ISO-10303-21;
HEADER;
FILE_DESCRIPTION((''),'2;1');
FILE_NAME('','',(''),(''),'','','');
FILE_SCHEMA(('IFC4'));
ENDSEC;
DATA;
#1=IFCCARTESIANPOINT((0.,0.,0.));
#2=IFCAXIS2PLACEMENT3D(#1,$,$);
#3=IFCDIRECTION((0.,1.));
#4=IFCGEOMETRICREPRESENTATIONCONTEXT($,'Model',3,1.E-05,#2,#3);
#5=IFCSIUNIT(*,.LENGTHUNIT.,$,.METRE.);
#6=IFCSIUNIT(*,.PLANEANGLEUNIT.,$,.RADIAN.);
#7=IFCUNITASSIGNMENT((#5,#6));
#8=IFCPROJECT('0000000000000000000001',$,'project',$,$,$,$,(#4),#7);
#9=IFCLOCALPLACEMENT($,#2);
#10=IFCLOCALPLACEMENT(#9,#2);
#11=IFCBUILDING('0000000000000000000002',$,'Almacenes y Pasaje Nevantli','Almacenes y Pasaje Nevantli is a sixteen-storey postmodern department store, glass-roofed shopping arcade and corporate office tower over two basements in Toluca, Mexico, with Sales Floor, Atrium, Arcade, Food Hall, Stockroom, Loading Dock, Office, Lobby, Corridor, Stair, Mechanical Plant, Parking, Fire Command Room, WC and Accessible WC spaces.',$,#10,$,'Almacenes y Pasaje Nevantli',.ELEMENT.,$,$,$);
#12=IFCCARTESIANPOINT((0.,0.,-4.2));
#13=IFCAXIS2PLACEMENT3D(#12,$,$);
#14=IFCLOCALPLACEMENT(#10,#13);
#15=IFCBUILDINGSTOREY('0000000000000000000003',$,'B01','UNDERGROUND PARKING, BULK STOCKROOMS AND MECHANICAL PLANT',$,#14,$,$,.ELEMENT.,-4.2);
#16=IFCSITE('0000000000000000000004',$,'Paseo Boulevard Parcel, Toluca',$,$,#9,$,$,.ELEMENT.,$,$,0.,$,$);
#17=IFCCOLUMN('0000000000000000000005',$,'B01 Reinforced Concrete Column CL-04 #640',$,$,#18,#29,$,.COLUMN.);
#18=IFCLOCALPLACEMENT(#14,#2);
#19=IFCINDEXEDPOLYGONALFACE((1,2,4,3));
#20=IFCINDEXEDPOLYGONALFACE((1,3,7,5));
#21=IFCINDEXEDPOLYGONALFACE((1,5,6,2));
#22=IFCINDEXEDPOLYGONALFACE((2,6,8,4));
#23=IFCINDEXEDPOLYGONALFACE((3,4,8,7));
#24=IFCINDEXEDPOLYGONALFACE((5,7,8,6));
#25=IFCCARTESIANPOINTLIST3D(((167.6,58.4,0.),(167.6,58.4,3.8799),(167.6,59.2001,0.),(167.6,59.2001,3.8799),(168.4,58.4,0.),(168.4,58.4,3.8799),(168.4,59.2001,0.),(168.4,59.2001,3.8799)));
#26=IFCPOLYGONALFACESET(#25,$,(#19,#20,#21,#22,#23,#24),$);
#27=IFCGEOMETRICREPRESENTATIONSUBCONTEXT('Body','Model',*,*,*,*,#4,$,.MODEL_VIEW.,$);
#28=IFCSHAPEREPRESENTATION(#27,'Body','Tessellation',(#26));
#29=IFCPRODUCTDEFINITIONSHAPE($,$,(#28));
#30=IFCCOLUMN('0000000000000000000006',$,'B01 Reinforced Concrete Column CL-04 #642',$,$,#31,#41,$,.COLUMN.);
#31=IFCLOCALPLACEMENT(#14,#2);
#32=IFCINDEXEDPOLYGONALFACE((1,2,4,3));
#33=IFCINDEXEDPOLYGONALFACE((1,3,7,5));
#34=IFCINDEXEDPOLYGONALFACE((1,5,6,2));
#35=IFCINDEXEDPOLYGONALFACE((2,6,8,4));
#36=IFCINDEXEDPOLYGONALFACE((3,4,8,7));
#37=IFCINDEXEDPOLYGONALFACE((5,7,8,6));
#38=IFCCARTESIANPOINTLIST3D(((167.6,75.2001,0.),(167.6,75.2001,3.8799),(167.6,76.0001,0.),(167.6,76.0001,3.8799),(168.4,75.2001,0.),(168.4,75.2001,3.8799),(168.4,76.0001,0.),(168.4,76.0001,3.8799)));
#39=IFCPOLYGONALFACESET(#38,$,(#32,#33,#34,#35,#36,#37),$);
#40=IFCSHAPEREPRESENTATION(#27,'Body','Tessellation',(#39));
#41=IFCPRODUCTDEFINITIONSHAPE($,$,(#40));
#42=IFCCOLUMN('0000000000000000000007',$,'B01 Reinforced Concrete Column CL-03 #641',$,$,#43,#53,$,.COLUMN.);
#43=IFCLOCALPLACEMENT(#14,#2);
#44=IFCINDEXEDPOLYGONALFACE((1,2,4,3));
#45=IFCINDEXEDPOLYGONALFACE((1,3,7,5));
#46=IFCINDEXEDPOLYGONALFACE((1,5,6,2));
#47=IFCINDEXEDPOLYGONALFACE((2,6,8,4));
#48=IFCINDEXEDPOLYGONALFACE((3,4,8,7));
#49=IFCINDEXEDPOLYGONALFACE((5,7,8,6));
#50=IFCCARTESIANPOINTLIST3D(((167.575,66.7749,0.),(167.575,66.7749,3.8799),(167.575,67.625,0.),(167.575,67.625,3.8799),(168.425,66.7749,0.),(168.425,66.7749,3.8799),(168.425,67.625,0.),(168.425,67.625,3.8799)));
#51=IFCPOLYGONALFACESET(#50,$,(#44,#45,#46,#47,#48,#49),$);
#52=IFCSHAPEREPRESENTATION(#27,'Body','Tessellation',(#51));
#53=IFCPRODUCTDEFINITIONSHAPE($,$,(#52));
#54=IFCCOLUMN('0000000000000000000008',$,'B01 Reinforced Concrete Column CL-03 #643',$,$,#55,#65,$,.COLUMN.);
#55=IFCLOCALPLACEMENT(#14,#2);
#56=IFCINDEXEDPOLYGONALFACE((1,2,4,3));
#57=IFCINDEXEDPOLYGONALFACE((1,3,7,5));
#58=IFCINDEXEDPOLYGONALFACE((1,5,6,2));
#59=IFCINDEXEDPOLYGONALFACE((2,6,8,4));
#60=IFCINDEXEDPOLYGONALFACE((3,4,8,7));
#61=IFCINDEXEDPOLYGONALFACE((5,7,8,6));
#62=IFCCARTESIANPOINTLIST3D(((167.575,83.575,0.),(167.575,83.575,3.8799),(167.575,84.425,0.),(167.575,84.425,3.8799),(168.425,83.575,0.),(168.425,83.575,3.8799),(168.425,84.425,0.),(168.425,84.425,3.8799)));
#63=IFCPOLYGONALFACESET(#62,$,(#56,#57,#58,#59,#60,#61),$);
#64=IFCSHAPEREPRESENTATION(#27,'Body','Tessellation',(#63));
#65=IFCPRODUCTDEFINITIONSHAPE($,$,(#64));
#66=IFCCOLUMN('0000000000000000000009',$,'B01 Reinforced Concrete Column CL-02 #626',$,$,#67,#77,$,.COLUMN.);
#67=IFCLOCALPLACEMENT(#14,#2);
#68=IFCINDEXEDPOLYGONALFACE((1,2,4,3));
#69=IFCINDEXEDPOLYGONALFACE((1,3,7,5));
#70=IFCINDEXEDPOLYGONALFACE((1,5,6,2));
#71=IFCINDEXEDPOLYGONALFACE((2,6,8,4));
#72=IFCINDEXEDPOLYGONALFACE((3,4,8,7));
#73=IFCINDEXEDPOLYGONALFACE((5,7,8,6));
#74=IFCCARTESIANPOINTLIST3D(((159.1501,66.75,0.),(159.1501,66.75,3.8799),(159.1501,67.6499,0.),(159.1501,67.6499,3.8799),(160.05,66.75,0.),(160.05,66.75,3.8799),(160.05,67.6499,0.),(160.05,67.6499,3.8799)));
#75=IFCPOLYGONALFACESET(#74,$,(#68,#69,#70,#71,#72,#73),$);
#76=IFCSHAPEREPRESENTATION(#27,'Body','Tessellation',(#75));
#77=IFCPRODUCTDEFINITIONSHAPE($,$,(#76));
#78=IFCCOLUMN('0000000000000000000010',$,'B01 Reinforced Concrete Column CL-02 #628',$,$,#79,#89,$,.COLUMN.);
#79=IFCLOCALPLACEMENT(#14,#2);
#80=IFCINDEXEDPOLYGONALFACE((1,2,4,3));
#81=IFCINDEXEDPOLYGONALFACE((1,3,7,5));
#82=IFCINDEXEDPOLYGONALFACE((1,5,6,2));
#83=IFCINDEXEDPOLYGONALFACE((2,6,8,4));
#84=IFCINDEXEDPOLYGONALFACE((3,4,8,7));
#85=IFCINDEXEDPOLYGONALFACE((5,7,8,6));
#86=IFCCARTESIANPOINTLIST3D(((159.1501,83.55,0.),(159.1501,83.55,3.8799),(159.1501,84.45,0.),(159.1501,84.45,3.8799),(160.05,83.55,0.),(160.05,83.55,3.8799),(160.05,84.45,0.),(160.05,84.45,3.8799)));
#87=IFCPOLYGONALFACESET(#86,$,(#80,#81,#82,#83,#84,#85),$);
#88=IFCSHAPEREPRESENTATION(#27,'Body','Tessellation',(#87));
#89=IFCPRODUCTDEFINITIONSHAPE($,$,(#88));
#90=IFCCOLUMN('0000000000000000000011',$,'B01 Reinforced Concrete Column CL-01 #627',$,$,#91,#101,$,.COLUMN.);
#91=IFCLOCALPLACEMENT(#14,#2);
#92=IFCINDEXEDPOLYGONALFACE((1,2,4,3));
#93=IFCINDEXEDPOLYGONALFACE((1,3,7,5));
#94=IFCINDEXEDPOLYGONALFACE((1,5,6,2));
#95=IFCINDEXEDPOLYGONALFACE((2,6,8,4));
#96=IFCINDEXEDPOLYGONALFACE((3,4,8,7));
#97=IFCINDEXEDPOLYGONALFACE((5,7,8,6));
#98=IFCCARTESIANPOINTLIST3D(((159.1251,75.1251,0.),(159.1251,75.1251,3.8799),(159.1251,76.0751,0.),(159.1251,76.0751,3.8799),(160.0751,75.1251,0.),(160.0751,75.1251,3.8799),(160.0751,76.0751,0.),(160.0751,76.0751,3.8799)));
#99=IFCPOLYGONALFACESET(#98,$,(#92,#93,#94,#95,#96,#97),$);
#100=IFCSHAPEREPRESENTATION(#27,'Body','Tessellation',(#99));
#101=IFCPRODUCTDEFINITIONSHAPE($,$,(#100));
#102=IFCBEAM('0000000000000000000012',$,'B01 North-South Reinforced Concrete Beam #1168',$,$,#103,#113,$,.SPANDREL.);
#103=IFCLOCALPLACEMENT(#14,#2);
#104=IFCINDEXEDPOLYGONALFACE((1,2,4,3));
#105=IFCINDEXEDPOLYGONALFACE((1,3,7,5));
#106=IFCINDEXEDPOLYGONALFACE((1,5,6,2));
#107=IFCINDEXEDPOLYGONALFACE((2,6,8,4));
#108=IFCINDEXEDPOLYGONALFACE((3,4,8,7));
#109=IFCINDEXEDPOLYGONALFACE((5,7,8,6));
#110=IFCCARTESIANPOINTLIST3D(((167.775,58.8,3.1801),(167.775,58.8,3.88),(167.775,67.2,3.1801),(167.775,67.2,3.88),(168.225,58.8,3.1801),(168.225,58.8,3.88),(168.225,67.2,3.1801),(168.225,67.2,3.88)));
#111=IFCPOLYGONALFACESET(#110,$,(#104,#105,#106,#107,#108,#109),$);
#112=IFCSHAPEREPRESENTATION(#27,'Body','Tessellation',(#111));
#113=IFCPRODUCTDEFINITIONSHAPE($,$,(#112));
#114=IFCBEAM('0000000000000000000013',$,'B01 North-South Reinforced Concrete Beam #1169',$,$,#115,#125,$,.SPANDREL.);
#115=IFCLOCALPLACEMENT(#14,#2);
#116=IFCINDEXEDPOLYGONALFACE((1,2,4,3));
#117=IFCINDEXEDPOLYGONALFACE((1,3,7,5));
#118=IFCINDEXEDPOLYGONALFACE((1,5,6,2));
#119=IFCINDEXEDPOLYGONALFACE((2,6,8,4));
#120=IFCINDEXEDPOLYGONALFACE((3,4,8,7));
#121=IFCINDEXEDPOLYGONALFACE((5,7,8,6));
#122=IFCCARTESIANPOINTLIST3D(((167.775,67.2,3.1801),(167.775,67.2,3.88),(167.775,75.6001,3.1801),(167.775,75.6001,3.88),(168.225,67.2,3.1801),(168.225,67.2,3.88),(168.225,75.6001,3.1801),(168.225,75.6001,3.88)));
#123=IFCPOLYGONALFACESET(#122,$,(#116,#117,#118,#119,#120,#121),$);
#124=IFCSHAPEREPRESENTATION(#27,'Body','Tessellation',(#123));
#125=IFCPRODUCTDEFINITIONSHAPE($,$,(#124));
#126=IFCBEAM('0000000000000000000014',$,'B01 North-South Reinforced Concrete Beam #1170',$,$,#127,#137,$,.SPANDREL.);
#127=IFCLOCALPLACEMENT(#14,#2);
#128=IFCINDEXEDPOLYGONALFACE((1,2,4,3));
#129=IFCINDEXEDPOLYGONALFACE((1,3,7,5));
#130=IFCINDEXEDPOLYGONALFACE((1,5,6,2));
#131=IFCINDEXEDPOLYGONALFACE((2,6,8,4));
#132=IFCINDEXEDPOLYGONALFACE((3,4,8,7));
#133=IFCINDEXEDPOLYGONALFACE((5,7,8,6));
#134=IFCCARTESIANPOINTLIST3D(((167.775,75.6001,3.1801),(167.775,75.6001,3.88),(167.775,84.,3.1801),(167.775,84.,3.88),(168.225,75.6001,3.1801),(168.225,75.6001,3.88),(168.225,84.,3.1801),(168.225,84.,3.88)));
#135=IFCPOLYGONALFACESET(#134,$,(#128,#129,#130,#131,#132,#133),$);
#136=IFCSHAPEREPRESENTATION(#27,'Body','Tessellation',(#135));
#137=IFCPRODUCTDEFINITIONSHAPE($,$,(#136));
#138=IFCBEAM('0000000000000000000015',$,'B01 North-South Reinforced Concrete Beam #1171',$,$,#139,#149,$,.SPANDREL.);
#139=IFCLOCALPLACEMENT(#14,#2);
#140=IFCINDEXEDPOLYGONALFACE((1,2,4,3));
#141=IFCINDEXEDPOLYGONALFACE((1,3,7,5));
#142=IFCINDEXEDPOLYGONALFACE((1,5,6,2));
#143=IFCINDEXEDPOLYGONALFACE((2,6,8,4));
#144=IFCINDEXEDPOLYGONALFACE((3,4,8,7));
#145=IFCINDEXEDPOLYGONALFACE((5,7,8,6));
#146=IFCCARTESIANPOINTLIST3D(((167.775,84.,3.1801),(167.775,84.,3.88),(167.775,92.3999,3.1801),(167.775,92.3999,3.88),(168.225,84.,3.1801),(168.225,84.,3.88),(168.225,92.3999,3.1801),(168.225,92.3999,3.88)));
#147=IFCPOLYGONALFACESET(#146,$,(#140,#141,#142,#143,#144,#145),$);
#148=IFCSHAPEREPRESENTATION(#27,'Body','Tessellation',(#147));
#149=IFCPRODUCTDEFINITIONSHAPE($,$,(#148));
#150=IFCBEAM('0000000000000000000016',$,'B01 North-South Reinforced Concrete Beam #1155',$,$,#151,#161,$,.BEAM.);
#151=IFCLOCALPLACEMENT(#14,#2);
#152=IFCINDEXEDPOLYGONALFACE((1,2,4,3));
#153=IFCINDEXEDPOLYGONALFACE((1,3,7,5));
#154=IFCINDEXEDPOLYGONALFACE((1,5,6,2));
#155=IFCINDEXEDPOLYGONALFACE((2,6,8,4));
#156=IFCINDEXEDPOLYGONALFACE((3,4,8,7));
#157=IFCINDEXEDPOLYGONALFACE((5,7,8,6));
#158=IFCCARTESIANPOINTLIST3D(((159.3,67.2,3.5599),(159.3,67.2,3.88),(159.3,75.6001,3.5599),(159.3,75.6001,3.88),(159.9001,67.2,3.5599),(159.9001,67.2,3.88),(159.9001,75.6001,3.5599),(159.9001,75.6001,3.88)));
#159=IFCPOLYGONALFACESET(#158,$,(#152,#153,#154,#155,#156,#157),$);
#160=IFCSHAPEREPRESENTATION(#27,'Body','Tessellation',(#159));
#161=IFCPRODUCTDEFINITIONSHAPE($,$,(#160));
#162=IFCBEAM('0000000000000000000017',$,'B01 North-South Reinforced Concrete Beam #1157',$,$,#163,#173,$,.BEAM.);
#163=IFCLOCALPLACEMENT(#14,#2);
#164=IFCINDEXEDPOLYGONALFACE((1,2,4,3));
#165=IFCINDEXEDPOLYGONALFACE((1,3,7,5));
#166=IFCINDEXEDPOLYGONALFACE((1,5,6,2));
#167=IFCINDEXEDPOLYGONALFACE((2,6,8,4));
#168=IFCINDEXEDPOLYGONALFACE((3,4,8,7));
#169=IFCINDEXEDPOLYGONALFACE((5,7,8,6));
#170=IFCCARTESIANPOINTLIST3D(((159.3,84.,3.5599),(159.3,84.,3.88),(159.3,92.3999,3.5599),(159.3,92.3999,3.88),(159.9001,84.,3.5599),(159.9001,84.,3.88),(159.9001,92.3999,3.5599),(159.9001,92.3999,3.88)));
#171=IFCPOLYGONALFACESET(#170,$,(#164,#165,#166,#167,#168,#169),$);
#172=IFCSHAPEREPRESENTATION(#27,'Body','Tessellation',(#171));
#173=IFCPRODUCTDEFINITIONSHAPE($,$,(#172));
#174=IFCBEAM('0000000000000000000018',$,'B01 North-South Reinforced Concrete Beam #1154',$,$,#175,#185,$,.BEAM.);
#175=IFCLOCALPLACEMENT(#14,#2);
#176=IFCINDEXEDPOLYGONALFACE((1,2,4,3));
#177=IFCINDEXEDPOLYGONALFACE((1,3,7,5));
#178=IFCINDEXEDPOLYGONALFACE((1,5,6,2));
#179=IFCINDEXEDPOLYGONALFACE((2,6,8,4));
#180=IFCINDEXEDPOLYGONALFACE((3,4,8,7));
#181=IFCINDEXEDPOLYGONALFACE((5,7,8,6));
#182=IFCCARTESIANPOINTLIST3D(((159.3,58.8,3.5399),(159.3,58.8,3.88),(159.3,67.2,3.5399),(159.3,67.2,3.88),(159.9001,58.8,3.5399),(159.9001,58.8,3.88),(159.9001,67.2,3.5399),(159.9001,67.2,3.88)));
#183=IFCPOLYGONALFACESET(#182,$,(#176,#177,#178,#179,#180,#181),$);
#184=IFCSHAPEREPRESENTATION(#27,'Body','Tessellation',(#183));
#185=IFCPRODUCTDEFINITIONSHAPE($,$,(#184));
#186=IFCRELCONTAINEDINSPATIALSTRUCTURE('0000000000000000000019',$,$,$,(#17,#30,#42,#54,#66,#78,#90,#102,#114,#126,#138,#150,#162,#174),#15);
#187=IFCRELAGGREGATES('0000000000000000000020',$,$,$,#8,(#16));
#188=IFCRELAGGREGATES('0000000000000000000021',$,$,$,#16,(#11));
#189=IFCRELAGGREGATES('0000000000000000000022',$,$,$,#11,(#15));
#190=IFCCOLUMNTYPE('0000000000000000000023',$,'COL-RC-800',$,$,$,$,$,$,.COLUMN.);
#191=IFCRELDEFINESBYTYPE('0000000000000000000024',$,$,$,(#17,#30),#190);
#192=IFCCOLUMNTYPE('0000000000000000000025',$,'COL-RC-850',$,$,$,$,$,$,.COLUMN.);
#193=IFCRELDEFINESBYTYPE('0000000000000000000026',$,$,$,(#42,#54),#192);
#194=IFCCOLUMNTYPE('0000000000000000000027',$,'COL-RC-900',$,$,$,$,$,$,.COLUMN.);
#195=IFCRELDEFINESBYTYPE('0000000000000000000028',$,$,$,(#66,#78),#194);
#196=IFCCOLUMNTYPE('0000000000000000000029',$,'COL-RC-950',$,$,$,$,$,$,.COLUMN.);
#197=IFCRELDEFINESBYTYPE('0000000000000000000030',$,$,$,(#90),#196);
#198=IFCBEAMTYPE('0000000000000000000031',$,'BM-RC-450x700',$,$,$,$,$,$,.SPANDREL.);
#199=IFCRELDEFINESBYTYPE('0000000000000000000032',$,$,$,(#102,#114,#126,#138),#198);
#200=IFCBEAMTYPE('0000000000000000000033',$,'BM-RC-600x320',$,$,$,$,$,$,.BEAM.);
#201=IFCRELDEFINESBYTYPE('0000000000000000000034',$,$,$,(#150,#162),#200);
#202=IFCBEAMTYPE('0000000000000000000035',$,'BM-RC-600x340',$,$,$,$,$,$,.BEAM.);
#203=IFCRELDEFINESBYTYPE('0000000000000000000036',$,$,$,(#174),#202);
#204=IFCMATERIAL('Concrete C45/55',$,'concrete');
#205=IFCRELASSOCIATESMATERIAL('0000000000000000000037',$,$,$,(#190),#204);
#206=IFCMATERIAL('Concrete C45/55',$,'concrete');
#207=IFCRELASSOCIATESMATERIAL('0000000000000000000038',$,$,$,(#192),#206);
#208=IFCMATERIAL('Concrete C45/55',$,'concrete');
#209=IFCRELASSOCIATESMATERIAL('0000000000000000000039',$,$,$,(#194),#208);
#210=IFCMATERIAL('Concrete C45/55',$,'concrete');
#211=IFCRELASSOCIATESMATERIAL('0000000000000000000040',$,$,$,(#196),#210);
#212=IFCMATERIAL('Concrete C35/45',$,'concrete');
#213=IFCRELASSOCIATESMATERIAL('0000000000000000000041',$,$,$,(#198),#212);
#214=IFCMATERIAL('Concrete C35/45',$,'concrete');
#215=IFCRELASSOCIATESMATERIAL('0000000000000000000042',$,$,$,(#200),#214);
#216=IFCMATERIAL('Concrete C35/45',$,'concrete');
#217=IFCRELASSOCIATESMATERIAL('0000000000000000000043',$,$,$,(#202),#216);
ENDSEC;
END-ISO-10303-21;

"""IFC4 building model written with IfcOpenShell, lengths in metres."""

from ifc_helpers import new_model, si_unit, direction, frame, origin, origin_2d, place, context, subcontext, project, spatial, rectangle, extrude, material, material_profile, profile_set, type_object, element, save


model = new_model("IFC4")

# Units and contexts
model_context = context("Model", 3, precision=1e-05, world=origin(), true_north=direction((0.0, 1.0)))
body_context = subcontext(model_context, "Body", "Model", "MODEL_VIEW")
ifc_project = project(units=[si_unit("LENGTHUNIT", "METRE"), si_unit("PLANEANGLEUNIT", "RADIAN")], contexts=[model_context])

# Site, building, storey
site_placement = place(None, origin())
site = spatial("IfcSite", under=ifc_project, at=site_placement, Name="Paseo Boulevard Parcel, Toluca", CompositionType="ELEMENT", RefElevation=0.0)
building_placement = place(site_placement, origin())
building = spatial("IfcBuilding", under=site, at=building_placement, Name="Almacenes y Pasaje Nevantli", Description="Almacenes y Pasaje Nevantli is a sixteen-storey postmodern department store, glass-roofed shopping arcade and corporate office tower over two basements in Toluca, Mexico, with Sales Floor, Atrium, Arcade, Food Hall, Stockroom, Loading Dock, Office, Lobby, Corridor, Stair, Mechanical Plant, Parking, Fire Command Room, WC and Accessible WC spaces.", LongName="Almacenes y Pasaje Nevantli", CompositionType="ELEMENT")
storey_placement = place(building_placement, frame((0.0, 0.0, -4.2)))
storey = spatial("IfcBuildingStorey", under=building, at=storey_placement, Name="B01", Description="UNDERGROUND PARKING, BULK STOCKROOMS AND MECHANICAL PLANT", CompositionType="ELEMENT", Elevation=-4.2)

# Columns
ifc_material_1 = material(Name="Concrete C45/55", Category="concrete")
ifc_material_profile_1 = material_profile(ifc_material_1, rectangle(XDim=0.8, YDim=0.8, at=origin_2d()), Name="RC-COL-800x800")
ifc_profile_set_1 = profile_set([ifc_material_profile_1], Name="Concrete C45/55")
column_type_1 = type_object("IfcColumnType", Name="COL-RC-800", PredefinedType="COLUMN", material=ifc_profile_set_1)
for number, where, z_axis, x_axis, name in (
    (1, (168.0, 58.8, 0.0), (0.0, 0.0, 1.0), (1.0, 0.0, 0.0), "B01 Reinforced Concrete Column CL-04 #640"),
    (2, (168.0, 75.6001, 0.0), (0.0, 0.0, 1.0), (1.0, 0.0, 0.0), "B01 Reinforced Concrete Column CL-04 #642"),
):
    element("IfcColumn", number, at=place(storey_placement, frame(where, z_axis=z_axis, x_axis=x_axis)), inside=storey, type_object=column_type_1, Name=name, PredefinedType="COLUMN", context=body_context, shape_type="SweptSolid", body=[
        extrude(rectangle(XDim=0.8, YDim=0.8, at=origin_2d()), origin(), (0.0, 0.0, 1.0), 3.8799),
    ])
ifc_material_2 = material(Name="Concrete C45/55", Category="concrete")
ifc_material_profile_2 = material_profile(ifc_material_2, rectangle(XDim=0.8501, YDim=0.8501, at=origin_2d()), Name="RC-COL-850x850")
ifc_profile_set_2 = profile_set([ifc_material_profile_2], Name="Concrete C45/55")
column_type_2 = type_object("IfcColumnType", Name="COL-RC-850", PredefinedType="COLUMN", material=ifc_profile_set_2)
for number, where, z_axis, x_axis, name in (
    (3, (168.0, 67.2, 0.0), (0.0, 0.0, 1.0), (1.0, 0.0, 0.0), "B01 Reinforced Concrete Column CL-03 #641"),
    (4, (168.0, 84.0, 0.0), (0.0, 0.0, 1.0), (1.0, 0.0, 0.0), "B01 Reinforced Concrete Column CL-03 #643"),
):
    element("IfcColumn", number, at=place(storey_placement, frame(where, z_axis=z_axis, x_axis=x_axis)), inside=storey, type_object=column_type_2, Name=name, PredefinedType="COLUMN", context=body_context, shape_type="SweptSolid", body=[
        extrude(rectangle(XDim=0.8501, YDim=0.8501, at=origin_2d()), origin(), (0.0, 0.0, 1.0), 3.8799),
    ])
ifc_material_3 = material(Name="Concrete C45/55", Category="concrete")
ifc_material_profile_3 = material_profile(ifc_material_3, rectangle(XDim=0.8999, YDim=0.8999, at=origin_2d()), Name="RC-COL-900x900")
ifc_profile_set_3 = profile_set([ifc_material_profile_3], Name="Concrete C45/55")
column_type_3 = type_object("IfcColumnType", Name="COL-RC-900", PredefinedType="COLUMN", material=ifc_profile_set_3)
for number, where, z_axis, x_axis, name in (
    (5, (159.6001, 67.2, 0.0), (0.0, 0.0, 1.0), (1.0, 0.0, 0.0), "B01 Reinforced Concrete Column CL-02 #626"),
    (6, (159.6001, 84.0, 0.0), (0.0, 0.0, 1.0), (1.0, 0.0, 0.0), "B01 Reinforced Concrete Column CL-02 #628"),
):
    element("IfcColumn", number, at=place(storey_placement, frame(where, z_axis=z_axis, x_axis=x_axis)), inside=storey, type_object=column_type_3, Name=name, PredefinedType="COLUMN", context=body_context, shape_type="SweptSolid", body=[
        extrude(rectangle(XDim=0.8999, YDim=0.8999, at=origin_2d()), origin(), (0.0, 0.0, 1.0), 3.8799),
    ])
ifc_material_4 = material(Name="Concrete C45/55", Category="concrete")
ifc_material_profile_4 = material_profile(ifc_material_4, rectangle(XDim=0.95, YDim=0.95, at=origin_2d()), Name="RC-COL-950x950")
ifc_profile_set_4 = profile_set([ifc_material_profile_4], Name="Concrete C45/55")
column_type_4 = type_object("IfcColumnType", Name="COL-RC-950", PredefinedType="COLUMN", material=ifc_profile_set_4)
column_placement = place(storey_placement, frame((159.6001, 75.6001, 0.0), z_axis=(0.0, 0.0, 1.0), x_axis=(1.0, 0.0, 0.0)))
element("IfcColumn", 7, at=column_placement, inside=storey, type_object=column_type_4, Name="B01 Reinforced Concrete Column CL-01 #627", PredefinedType="COLUMN", context=body_context, shape_type="SweptSolid", body=[
    extrude(rectangle(XDim=0.95, YDim=0.95, at=origin_2d()), origin(), (0.0, 0.0, 1.0), 3.8799),
])

# Beams
ifc_material_5 = material(Name="Concrete C35/45", Category="concrete")
ifc_material_profile_5 = material_profile(ifc_material_5, rectangle(XDim=0.45, YDim=0.7, at=origin_2d()), Name="RC-BM-450x700")
ifc_profile_set_5 = profile_set([ifc_material_profile_5], Name="Concrete C35/45")
beam_type_1 = type_object("IfcBeamType", Name="BM-RC-450x700", PredefinedType="SPANDREL", material=ifc_profile_set_5)
beam_1_placement = place(storey_placement, frame((168.0, 58.8, 3.53), z_axis=(0.0, 1.0, 0.0), x_axis=(-1.0, 0.0, 0.0)))
element("IfcBeam", 8, at=beam_1_placement, inside=storey, type_object=beam_type_1, Name="B01 North-South Reinforced Concrete Beam #1168", PredefinedType="SPANDREL", context=body_context, shape_type="SweptSolid", body=[
    extrude(rectangle(XDim=0.45, YDim=0.7, at=origin_2d()), origin(), (0.0, 0.0, 1.0), 8.3999),
])
beam_2_placement = place(storey_placement, frame((168.0, 67.2, 3.53), z_axis=(0.0, 1.0, 0.0), x_axis=(-1.0, 0.0, 0.0)))
element("IfcBeam", 9, at=beam_2_placement, inside=storey, type_object=beam_type_1, Name="B01 North-South Reinforced Concrete Beam #1169", PredefinedType="SPANDREL", context=body_context, shape_type="SweptSolid", body=[
    extrude(rectangle(XDim=0.45, YDim=0.7, at=origin_2d()), origin(), (0.0, 0.0, 1.0), 8.4001),
])
for number, where, z_axis, x_axis, name in (
    (10, (168.0, 75.6001, 3.53), (0.0, 1.0, 0.0), (-1.0, 0.0, 0.0), "B01 North-South Reinforced Concrete Beam #1170"),
    (11, (168.0, 84.0, 3.53), (0.0, 1.0, 0.0), (-1.0, 0.0, 0.0), "B01 North-South Reinforced Concrete Beam #1171"),
):
    element("IfcBeam", number, at=place(storey_placement, frame(where, z_axis=z_axis, x_axis=x_axis)), inside=storey, type_object=beam_type_1, Name=name, PredefinedType="SPANDREL", context=body_context, shape_type="SweptSolid", body=[
        extrude(rectangle(XDim=0.45, YDim=0.7, at=origin_2d()), origin(), (0.0, 0.0, 1.0), 8.3999),
    ])
ifc_material_6 = material(Name="Concrete C35/45", Category="concrete")
ifc_material_profile_6 = material_profile(ifc_material_6, rectangle(XDim=0.6001, YDim=0.3201, at=origin_2d()), Name="RC-BM-600x320")
ifc_profile_set_6 = profile_set([ifc_material_profile_6], Name="Concrete C35/45")
beam_type_2 = type_object("IfcBeamType", Name="BM-RC-600x320", PredefinedType="BEAM", material=ifc_profile_set_6)
beam_3_placement = place(storey_placement, frame((159.6001, 67.2, 3.72), z_axis=(0.0, 1.0, 0.0), x_axis=(-1.0, 0.0, 0.0)))
element("IfcBeam", 12, at=beam_3_placement, inside=storey, type_object=beam_type_2, Name="B01 North-South Reinforced Concrete Beam #1155", PredefinedType="BEAM", context=body_context, shape_type="SweptSolid", body=[
    extrude(rectangle(XDim=0.6001, YDim=0.3201, at=origin_2d()), origin(), (0.0, 0.0, 1.0), 8.4001),
])
beam_4_placement = place(storey_placement, frame((159.6001, 84.0, 3.72), z_axis=(0.0, 1.0, 0.0), x_axis=(-1.0, 0.0, 0.0)))
element("IfcBeam", 13, at=beam_4_placement, inside=storey, type_object=beam_type_2, Name="B01 North-South Reinforced Concrete Beam #1157", PredefinedType="BEAM", context=body_context, shape_type="SweptSolid", body=[
    extrude(rectangle(XDim=0.6001, YDim=0.3201, at=origin_2d()), origin(), (0.0, 0.0, 1.0), 8.3999),
])
ifc_material_7 = material(Name="Concrete C35/45", Category="concrete")
ifc_material_profile_7 = material_profile(ifc_material_7, rectangle(XDim=0.6001, YDim=0.3401, at=origin_2d()), Name="RC-BM-600x340")
ifc_profile_set_7 = profile_set([ifc_material_profile_7], Name="Concrete C35/45")
beam_type_3 = type_object("IfcBeamType", Name="BM-RC-600x340", PredefinedType="BEAM", material=ifc_profile_set_7)
for number, where, z_axis, x_axis, name in (
    (14, (159.6001, 58.8, 3.71), (0.0, 1.0, 0.0), (-1.0, 0.0, 0.0), "B01 North-South Reinforced Concrete Beam #1154"),
):
    element("IfcBeam", number, at=place(storey_placement, frame(where, z_axis=z_axis, x_axis=x_axis)), inside=storey, type_object=beam_type_3, Name=name, PredefinedType="BEAM", context=body_context, shape_type="SweptSolid", body=[
        extrude(rectangle(XDim=0.6001, YDim=0.3401, at=origin_2d()), origin(), (0.0, 0.0, 1.0), 8.3999),
    ])

save(model, "model.ifc")
